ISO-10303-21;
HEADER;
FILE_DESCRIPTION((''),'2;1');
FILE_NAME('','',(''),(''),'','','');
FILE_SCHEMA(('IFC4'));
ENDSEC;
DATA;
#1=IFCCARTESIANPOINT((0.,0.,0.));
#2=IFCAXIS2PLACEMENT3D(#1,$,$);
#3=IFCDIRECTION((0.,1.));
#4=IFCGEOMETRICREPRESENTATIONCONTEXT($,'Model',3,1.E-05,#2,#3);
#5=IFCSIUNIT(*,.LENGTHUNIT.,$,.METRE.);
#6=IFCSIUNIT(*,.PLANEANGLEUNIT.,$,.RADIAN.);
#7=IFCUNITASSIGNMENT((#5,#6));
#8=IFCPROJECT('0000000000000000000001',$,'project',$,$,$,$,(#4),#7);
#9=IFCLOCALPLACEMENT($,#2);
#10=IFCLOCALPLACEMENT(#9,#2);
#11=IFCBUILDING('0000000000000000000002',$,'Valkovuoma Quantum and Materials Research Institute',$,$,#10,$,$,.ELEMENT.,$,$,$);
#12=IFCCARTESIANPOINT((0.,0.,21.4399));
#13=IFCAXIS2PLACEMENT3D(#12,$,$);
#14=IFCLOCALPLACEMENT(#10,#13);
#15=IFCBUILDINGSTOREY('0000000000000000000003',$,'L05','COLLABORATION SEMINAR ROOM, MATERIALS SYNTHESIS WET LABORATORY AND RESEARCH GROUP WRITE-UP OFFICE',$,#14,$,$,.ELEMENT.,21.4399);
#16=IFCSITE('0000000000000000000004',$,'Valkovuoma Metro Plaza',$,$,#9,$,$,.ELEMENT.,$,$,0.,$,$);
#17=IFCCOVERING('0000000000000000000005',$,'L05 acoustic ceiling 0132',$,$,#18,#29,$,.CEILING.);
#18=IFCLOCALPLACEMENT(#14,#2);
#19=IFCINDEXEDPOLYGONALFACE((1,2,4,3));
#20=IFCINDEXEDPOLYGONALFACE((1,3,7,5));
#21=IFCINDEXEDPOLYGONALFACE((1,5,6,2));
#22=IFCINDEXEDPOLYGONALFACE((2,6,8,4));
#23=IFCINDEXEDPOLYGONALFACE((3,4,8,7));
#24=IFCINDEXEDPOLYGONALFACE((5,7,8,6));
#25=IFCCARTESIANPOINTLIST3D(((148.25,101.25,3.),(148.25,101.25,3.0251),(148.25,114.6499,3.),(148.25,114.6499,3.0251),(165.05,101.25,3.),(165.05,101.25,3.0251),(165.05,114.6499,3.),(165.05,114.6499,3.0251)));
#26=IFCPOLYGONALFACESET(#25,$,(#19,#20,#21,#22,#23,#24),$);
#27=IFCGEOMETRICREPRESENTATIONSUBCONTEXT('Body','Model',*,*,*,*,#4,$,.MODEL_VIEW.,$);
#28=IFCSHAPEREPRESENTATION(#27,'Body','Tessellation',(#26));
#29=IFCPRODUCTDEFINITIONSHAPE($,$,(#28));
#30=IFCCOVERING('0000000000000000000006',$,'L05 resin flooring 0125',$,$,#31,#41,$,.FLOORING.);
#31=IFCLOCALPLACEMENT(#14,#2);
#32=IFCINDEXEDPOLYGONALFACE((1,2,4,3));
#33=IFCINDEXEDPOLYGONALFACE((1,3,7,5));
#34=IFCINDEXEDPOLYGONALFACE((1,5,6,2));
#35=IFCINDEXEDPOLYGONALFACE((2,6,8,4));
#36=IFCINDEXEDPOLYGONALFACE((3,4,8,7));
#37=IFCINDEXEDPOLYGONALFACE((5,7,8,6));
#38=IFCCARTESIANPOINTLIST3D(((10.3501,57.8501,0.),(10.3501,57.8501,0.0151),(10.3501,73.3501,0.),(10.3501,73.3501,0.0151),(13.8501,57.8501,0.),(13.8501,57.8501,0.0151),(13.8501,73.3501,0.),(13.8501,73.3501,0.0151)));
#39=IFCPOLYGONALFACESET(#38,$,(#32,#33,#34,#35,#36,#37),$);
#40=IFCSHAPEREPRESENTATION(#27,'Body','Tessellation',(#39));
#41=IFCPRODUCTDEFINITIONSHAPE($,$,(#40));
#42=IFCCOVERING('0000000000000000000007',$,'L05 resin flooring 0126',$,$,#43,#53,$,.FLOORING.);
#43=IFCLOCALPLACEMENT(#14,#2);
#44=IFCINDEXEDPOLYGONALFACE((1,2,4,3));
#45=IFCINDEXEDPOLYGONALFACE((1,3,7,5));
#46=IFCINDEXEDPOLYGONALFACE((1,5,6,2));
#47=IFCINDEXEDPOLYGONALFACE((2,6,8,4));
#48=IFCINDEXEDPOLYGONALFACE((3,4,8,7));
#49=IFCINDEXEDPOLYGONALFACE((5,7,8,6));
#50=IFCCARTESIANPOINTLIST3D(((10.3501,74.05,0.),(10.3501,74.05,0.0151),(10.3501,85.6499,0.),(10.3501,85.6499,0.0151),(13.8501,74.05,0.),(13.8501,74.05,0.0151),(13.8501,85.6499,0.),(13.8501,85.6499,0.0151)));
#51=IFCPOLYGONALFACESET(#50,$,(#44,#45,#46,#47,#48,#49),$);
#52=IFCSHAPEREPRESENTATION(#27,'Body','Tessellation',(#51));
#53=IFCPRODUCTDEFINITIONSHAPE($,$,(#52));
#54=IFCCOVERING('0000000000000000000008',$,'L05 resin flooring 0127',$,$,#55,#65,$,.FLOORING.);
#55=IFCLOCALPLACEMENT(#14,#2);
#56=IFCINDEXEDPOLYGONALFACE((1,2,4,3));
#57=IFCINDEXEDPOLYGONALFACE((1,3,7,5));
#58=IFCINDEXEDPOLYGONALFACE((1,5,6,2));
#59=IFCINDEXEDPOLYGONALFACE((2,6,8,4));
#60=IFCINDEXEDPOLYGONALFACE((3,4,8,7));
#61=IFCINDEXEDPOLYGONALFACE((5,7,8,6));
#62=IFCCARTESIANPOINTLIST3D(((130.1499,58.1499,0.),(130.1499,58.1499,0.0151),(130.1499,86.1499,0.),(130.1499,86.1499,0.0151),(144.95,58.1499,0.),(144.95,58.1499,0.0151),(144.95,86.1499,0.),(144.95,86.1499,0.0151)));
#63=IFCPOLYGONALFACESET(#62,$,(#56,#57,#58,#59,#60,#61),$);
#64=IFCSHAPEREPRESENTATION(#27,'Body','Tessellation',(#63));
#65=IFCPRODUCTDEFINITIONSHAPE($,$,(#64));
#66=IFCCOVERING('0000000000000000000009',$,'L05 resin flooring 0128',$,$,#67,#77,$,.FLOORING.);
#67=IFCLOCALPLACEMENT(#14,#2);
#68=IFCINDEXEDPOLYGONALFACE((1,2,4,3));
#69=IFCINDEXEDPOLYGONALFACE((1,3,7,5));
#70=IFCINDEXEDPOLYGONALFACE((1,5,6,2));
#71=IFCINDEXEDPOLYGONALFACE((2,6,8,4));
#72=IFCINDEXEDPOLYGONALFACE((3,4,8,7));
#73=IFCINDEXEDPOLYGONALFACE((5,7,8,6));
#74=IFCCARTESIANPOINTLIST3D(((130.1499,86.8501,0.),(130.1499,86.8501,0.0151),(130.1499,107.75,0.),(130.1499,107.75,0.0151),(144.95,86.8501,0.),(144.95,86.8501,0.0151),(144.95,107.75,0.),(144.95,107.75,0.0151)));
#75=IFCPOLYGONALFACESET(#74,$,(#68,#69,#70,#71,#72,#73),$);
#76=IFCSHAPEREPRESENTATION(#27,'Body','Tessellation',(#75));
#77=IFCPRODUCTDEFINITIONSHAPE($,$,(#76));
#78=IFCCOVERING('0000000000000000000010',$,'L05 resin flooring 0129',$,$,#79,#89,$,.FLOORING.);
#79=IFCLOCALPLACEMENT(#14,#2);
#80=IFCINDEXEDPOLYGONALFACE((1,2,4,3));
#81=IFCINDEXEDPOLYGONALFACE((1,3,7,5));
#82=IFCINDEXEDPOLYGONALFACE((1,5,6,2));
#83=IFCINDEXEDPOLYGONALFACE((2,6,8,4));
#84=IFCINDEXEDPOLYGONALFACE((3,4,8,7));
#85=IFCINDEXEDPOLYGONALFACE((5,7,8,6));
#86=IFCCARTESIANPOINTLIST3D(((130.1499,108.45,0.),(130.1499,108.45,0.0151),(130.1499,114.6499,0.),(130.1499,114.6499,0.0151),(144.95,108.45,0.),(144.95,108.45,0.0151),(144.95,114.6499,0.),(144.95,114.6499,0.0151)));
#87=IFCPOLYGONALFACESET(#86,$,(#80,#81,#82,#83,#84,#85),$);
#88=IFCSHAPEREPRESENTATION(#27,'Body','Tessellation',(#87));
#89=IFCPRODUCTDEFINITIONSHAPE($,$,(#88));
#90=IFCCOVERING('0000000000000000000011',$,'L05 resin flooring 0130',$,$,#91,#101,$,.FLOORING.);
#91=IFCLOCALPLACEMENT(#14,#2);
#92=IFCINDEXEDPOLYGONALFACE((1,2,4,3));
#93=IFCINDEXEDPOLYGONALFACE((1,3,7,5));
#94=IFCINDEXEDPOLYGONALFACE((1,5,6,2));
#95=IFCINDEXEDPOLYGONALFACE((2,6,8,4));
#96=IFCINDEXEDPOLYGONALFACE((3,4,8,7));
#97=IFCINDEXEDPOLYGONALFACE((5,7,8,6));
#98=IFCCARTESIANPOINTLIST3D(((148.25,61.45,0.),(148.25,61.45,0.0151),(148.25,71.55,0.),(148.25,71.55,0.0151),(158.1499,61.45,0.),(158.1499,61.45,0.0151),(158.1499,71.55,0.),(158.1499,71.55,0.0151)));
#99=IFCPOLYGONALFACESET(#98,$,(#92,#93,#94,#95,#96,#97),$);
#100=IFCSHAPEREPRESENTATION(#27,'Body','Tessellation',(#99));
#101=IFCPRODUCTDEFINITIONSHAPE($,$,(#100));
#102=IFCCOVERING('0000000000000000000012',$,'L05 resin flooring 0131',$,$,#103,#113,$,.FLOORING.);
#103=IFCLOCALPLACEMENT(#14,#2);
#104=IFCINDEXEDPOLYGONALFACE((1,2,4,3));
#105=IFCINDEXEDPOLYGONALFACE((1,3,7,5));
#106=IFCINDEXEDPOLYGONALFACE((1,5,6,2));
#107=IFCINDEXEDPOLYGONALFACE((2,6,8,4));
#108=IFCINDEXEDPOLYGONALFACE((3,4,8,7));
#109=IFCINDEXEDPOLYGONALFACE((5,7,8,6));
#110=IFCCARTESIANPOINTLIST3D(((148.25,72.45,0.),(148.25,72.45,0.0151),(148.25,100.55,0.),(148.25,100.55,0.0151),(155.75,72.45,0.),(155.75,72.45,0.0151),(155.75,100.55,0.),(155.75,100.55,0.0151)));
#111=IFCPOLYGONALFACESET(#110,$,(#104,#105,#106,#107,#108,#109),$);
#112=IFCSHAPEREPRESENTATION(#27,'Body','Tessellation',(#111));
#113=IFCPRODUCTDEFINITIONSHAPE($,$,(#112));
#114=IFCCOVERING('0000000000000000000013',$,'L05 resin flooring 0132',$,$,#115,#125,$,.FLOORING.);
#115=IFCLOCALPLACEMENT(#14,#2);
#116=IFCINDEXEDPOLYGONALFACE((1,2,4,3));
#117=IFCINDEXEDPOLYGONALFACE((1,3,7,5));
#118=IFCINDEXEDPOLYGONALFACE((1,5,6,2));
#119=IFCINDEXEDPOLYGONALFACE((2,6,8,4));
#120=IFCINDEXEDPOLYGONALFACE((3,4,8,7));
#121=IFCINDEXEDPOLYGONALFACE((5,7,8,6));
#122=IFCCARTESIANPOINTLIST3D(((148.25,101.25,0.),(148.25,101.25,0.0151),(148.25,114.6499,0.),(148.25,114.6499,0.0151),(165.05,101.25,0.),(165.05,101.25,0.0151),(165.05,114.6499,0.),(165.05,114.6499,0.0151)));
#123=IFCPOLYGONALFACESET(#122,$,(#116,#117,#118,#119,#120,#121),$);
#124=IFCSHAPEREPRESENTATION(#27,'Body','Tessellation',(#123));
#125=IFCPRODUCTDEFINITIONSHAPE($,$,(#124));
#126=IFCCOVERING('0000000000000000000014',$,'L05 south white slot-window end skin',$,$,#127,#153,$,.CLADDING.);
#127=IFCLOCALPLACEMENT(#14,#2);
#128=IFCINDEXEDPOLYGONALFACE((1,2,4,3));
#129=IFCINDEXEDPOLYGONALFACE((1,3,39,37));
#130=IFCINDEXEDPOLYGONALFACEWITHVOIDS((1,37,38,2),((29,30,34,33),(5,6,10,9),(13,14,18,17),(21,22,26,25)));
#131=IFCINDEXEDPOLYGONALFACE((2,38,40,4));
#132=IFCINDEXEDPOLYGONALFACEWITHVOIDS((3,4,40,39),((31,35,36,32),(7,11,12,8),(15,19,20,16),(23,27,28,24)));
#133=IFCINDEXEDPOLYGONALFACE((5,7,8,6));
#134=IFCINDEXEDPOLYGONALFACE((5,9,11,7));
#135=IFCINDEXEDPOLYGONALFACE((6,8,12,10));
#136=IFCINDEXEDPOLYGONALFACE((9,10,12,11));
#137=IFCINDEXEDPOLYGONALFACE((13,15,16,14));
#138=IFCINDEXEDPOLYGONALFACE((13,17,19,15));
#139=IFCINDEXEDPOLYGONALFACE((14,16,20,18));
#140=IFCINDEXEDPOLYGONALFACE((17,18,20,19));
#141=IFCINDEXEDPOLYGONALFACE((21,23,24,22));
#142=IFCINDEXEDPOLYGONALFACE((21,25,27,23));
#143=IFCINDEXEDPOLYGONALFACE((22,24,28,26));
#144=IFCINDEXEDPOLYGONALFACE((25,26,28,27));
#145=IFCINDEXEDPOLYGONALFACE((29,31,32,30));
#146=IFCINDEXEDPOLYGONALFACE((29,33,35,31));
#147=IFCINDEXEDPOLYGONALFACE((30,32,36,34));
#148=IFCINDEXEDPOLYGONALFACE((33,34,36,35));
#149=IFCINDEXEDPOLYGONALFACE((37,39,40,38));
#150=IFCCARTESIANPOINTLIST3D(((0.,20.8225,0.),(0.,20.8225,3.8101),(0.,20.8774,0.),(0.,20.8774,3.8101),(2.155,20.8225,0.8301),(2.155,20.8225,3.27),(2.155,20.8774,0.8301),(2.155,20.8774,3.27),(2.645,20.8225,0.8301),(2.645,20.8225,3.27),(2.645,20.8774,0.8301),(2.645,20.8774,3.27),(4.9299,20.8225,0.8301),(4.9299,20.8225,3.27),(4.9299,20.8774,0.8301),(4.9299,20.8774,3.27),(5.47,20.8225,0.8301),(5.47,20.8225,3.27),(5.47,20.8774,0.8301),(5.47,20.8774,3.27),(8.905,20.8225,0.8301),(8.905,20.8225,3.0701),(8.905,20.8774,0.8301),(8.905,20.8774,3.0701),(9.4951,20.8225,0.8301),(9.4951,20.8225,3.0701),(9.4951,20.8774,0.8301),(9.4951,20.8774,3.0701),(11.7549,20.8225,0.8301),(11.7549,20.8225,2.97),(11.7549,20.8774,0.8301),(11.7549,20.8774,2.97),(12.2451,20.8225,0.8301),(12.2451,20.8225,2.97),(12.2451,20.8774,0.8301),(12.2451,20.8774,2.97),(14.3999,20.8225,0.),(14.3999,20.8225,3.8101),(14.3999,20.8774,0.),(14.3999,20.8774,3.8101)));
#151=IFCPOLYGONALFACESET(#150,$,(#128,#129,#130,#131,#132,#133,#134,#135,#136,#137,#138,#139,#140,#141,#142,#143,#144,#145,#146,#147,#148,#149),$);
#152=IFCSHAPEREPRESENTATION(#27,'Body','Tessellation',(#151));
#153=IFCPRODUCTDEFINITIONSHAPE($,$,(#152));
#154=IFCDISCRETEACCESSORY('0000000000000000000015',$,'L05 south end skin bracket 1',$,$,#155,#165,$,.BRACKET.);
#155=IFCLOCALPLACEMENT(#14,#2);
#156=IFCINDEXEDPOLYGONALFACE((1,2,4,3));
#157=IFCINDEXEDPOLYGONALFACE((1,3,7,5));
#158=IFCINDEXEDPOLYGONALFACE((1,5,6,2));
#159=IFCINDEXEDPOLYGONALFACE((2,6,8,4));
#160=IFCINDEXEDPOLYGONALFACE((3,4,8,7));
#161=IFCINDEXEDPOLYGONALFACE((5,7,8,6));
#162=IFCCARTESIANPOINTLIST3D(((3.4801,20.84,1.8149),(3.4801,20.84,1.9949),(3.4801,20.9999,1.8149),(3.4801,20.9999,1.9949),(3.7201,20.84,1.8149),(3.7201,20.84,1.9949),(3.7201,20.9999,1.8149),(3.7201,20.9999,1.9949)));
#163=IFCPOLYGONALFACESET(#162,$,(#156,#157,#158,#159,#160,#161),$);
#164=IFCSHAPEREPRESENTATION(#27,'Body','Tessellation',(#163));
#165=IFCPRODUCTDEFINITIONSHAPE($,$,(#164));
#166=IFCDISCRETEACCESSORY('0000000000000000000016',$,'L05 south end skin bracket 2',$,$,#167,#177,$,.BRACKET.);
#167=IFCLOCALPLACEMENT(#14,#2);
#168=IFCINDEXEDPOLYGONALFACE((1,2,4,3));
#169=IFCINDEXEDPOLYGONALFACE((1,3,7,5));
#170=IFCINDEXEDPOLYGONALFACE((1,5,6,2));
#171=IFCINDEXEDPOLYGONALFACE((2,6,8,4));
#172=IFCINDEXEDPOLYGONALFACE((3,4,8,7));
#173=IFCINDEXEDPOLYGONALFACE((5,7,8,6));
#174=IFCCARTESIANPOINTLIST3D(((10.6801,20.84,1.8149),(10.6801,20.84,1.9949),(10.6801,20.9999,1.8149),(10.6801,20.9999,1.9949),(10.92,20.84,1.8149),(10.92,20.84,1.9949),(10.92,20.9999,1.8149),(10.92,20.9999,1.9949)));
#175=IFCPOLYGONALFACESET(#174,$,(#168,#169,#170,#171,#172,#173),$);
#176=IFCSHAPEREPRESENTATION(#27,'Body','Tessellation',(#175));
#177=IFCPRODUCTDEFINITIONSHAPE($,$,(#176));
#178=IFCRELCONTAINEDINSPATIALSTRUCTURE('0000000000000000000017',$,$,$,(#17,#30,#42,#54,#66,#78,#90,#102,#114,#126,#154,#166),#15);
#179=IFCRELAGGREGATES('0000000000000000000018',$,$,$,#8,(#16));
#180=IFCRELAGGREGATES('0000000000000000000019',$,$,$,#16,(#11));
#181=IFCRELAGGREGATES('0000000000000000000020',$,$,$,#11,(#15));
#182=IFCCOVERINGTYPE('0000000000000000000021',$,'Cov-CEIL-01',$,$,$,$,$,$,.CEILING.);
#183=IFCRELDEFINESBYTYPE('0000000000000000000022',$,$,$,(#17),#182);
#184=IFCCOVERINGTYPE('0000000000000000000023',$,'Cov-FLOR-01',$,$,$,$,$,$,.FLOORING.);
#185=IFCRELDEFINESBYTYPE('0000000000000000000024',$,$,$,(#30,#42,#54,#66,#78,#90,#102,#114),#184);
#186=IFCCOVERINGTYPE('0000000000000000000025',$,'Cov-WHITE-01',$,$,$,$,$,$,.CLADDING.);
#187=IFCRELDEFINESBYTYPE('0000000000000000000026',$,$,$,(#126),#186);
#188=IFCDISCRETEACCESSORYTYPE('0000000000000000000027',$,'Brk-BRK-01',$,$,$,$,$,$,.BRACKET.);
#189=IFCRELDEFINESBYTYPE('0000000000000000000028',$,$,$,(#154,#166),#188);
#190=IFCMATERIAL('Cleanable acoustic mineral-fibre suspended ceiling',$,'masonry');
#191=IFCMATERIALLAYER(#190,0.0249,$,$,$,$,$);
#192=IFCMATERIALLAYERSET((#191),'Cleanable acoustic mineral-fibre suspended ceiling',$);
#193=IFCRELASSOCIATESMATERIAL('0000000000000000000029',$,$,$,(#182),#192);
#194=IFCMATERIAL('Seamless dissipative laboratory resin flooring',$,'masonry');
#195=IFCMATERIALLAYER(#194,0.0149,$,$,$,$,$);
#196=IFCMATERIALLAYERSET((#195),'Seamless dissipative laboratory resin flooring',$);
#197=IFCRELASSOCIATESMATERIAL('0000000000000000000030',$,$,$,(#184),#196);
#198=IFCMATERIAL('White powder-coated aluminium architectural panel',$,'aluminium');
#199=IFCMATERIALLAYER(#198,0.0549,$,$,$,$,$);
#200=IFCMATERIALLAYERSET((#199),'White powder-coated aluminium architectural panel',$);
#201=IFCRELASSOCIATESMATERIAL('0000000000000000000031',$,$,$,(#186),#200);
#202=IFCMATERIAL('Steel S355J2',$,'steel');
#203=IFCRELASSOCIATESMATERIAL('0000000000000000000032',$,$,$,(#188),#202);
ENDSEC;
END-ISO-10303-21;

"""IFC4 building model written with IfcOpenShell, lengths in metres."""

from ifc_helpers import new_model, si_unit, direction, frame, origin, origin_2d, place, context, subcontext, project, spatial, polyline, rectangle, outline, extrude, material, layer, layer_set, type_object, element, save


model = new_model("IFC4")

# Units and contexts
model_context = context("Model", 3, precision=1e-05, world=origin(), true_north=direction((0.0, 1.0)))
body_context = subcontext(model_context, "Body", "Model", "MODEL_VIEW")
ifc_project = project(units=[si_unit("LENGTHUNIT", "METRE"), si_unit("PLANEANGLEUNIT", "RADIAN")], contexts=[model_context])

# Site, building, storey
site_placement = place(None, origin())
site = spatial("IfcSite", under=ifc_project, at=site_placement, Name="Valkovuoma Metro Plaza", CompositionType="ELEMENT", RefElevation=0.0)
building_placement = place(site_placement, origin())
building = spatial("IfcBuilding", under=site, at=building_placement, Name="Valkovuoma Quantum and Materials Research Institute", CompositionType="ELEMENT")
storey_placement = place(building_placement, frame((0.0, 0.0, 21.4399)))
storey = spatial("IfcBuildingStorey", under=building, at=storey_placement, Name="L05", Description="COLLABORATION SEMINAR ROOM, MATERIALS SYNTHESIS WET LABORATORY AND RESEARCH GROUP WRITE-UP OFFICE", CompositionType="ELEMENT", Elevation=21.4399)

# Coverings
ifc_material_1 = material(Name="Cleanable acoustic mineral-fibre suspended ceiling", Category="masonry")
ifc_layer_1 = layer(ifc_material_1, 0.0249)
ifc_layer_set_1 = layer_set([ifc_layer_1], Name="Cleanable acoustic mineral-fibre suspended ceiling")
covering_type_1 = type_object("IfcCoveringType", Name="Cov-CEIL-01", PredefinedType="CEILING", material=ifc_layer_set_1)
covering_1_placement = place(storey_placement, frame((0.0, 0.0, 3.0)))
element("IfcCovering", 1, at=covering_1_placement, inside=storey, type_object=covering_type_1, Name="L05 acoustic ceiling 0132", PredefinedType="CEILING", context=body_context, shape_type="SweptSolid", body=[
    extrude(outline(polyline([(148.25, 101.25), (165.05, 101.25), (165.05, 114.6499), (148.25, 114.6499), (148.25, 101.25)])), origin(), (0.0, 0.0, 1.0), 0.0251),
])
ifc_material_2 = material(Name="Seamless dissipative laboratory resin flooring", Category="masonry")
ifc_layer_2 = layer(ifc_material_2, 0.0149)
ifc_layer_set_2 = layer_set([ifc_layer_2], Name="Seamless dissipative laboratory resin flooring")
covering_type_2 = type_object("IfcCoveringType", Name="Cov-FLOR-01", PredefinedType="FLOORING", material=ifc_layer_set_2)
covering_2_placement = place(storey_placement, origin())
element("IfcCovering", 2, at=covering_2_placement, inside=storey, type_object=covering_type_2, Name="L05 resin flooring 0125", PredefinedType="FLOORING", context=body_context, shape_type="SweptSolid", body=[
    extrude(outline(polyline([(10.3501, 57.8501), (13.8501, 57.8501), (13.8501, 73.3501), (10.3501, 73.3501), (10.3501, 57.8501)])), origin(), (0.0, 0.0, 1.0), 0.0151),
])
covering_3_placement = place(storey_placement, origin())
element("IfcCovering", 3, at=covering_3_placement, inside=storey, type_object=covering_type_2, Name="L05 resin flooring 0126", PredefinedType="FLOORING", context=body_context, shape_type="SweptSolid", body=[
    extrude(outline(polyline([(10.3501, 74.05), (13.8501, 74.05), (13.8501, 85.6499), (10.3501, 85.6499), (10.3501, 74.05)])), origin(), (0.0, 0.0, 1.0), 0.0151),
])
covering_4_placement = place(storey_placement, origin())
element("IfcCovering", 4, at=covering_4_placement, inside=storey, type_object=covering_type_2, Name="L05 resin flooring 0127", PredefinedType="FLOORING", context=body_context, shape_type="SweptSolid", body=[
    extrude(outline(polyline([(130.1499, 58.1499), (144.95, 58.1499), (144.95, 86.1499), (130.1499, 86.1499), (130.1499, 58.1499)])), origin(), (0.0, 0.0, 1.0), 0.0151),
])
covering_5_placement = place(storey_placement, origin())
element("IfcCovering", 5, at=covering_5_placement, inside=storey, type_object=covering_type_2, Name="L05 resin flooring 0128", PredefinedType="FLOORING", context=body_context, shape_type="SweptSolid", body=[
    extrude(outline(polyline([(130.1499, 86.8501), (144.95, 86.8501), (144.95, 107.75), (130.1499, 107.75), (130.1499, 86.8501)])), origin(), (0.0, 0.0, 1.0), 0.0151),
])
covering_6_placement = place(storey_placement, origin())
element("IfcCovering", 6, at=covering_6_placement, inside=storey, type_object=covering_type_2, Name="L05 resin flooring 0129", PredefinedType="FLOORING", context=body_context, shape_type="SweptSolid", body=[
    extrude(outline(polyline([(130.1499, 108.45), (144.95, 108.45), (144.95, 114.6499), (130.1499, 114.6499), (130.1499, 108.45)])), origin(), (0.0, 0.0, 1.0), 0.0151),
])
covering_7_placement = place(storey_placement, origin())
element("IfcCovering", 7, at=covering_7_placement, inside=storey, type_object=covering_type_2, Name="L05 resin flooring 0130", PredefinedType="FLOORING", context=body_context, shape_type="SweptSolid", body=[
    extrude(outline(polyline([(148.25, 61.45), (158.1499, 61.45), (158.1499, 71.55), (148.25, 71.55), (148.25, 61.45)])), origin(), (0.0, 0.0, 1.0), 0.0151),
])
covering_8_placement = place(storey_placement, origin())
element("IfcCovering", 8, at=covering_8_placement, inside=storey, type_object=covering_type_2, Name="L05 resin flooring 0131", PredefinedType="FLOORING", context=body_context, shape_type="SweptSolid", body=[
    extrude(outline(polyline([(148.25, 72.45), (155.75, 72.45), (155.75, 100.55), (148.25, 100.55), (148.25, 72.45)])), origin(), (0.0, 0.0, 1.0), 0.0151),
])
covering_9_placement = place(storey_placement, origin())
element("IfcCovering", 9, at=covering_9_placement, inside=storey, type_object=covering_type_2, Name="L05 resin flooring 0132", PredefinedType="FLOORING", context=body_context, shape_type="SweptSolid", body=[
    extrude(outline(polyline([(148.25, 101.25), (165.05, 101.25), (165.05, 114.6499), (148.25, 114.6499), (148.25, 101.25)])), origin(), (0.0, 0.0, 1.0), 0.0151),
])
ifc_material_3 = material(Name="White powder-coated aluminium architectural panel", Category="aluminium")
ifc_layer_3 = layer(ifc_material_3, 0.0549)
ifc_layer_set_3 = layer_set([ifc_layer_3], Name="White powder-coated aluminium architectural panel")
covering_type_3 = type_object("IfcCoveringType", Name="Cov-WHITE-01", PredefinedType="CLADDING", material=ifc_layer_set_3)
covering_10_placement = place(storey_placement, frame((0.0, 20.8501, 0.0), z_axis=(0.0, 0.0, 1.0), x_axis=(1.0, 0.0, 0.0)))
element("IfcCovering", 10, at=covering_10_placement, inside=storey, type_object=covering_type_3, Name="L05 south white slot-window end skin", PredefinedType="CLADDING", context=body_context, shape_type="SweptSolid", body=[
    extrude(outline(polyline([(0.0, 0.0), (14.3999, 0.0), (14.3999, 3.8101), (0.0, 3.8101), (0.0, 0.0)]), holes=[polyline([(2.155, 0.8301), (2.155, 3.27), (2.645, 3.27), (2.645, 0.8301), (2.155, 0.8301)]), polyline([(4.9299, 0.8301), (4.9299, 3.27), (5.47, 3.27), (5.47, 0.8301), (4.9299, 0.8301)]), polyline([(8.905, 0.8301), (8.905, 3.0701), (9.4951, 3.0701), (9.4951, 0.8301), (8.905, 0.8301)]), polyline([(11.7549, 0.8301), (11.7549, 2.97), (12.2451, 2.97), (12.2451, 0.8301), (11.7549, 0.8301)])]), frame((0.0, 0.0273, 0.0), z_axis=(0.0, -1.0, 0.0), x_axis=(1.0, 0.0, 0.0)), (0.0, 0.0, 1.0), 0.0549),
])

# Discrete accessories
ifc_material_4 = material(Name="Steel S355J2", Category="steel")
discrete_accessory_type = type_object("IfcDiscreteAccessoryType", Name="Brk-BRK-01", PredefinedType="BRACKET", material=ifc_material_4)
for number, where, z_axis, x_axis, name in (
    (11, (3.6001, 20.9199, 1.8149), (0.0, 0.0, 1.0), (0.0, 1.0, 0.0), "L05 south end skin bracket 1"),
    (12, (10.8, 20.9199, 1.8149), (0.0, 0.0, 1.0), (0.0, 1.0, 0.0), "L05 south end skin bracket 2"),
):
    element("IfcDiscreteAccessory", number, at=place(storey_placement, frame(where, z_axis=z_axis, x_axis=x_axis)), inside=storey, type_object=discrete_accessory_type, Name=name, PredefinedType="BRACKET", context=body_context, shape_type="SweptSolid", body=[
        extrude(rectangle(XDim=0.1599, YDim=0.24, at=origin_2d()), origin(), (0.0, 0.0, 1.0), 0.1799),
    ])

save(model, "model.ifc")
